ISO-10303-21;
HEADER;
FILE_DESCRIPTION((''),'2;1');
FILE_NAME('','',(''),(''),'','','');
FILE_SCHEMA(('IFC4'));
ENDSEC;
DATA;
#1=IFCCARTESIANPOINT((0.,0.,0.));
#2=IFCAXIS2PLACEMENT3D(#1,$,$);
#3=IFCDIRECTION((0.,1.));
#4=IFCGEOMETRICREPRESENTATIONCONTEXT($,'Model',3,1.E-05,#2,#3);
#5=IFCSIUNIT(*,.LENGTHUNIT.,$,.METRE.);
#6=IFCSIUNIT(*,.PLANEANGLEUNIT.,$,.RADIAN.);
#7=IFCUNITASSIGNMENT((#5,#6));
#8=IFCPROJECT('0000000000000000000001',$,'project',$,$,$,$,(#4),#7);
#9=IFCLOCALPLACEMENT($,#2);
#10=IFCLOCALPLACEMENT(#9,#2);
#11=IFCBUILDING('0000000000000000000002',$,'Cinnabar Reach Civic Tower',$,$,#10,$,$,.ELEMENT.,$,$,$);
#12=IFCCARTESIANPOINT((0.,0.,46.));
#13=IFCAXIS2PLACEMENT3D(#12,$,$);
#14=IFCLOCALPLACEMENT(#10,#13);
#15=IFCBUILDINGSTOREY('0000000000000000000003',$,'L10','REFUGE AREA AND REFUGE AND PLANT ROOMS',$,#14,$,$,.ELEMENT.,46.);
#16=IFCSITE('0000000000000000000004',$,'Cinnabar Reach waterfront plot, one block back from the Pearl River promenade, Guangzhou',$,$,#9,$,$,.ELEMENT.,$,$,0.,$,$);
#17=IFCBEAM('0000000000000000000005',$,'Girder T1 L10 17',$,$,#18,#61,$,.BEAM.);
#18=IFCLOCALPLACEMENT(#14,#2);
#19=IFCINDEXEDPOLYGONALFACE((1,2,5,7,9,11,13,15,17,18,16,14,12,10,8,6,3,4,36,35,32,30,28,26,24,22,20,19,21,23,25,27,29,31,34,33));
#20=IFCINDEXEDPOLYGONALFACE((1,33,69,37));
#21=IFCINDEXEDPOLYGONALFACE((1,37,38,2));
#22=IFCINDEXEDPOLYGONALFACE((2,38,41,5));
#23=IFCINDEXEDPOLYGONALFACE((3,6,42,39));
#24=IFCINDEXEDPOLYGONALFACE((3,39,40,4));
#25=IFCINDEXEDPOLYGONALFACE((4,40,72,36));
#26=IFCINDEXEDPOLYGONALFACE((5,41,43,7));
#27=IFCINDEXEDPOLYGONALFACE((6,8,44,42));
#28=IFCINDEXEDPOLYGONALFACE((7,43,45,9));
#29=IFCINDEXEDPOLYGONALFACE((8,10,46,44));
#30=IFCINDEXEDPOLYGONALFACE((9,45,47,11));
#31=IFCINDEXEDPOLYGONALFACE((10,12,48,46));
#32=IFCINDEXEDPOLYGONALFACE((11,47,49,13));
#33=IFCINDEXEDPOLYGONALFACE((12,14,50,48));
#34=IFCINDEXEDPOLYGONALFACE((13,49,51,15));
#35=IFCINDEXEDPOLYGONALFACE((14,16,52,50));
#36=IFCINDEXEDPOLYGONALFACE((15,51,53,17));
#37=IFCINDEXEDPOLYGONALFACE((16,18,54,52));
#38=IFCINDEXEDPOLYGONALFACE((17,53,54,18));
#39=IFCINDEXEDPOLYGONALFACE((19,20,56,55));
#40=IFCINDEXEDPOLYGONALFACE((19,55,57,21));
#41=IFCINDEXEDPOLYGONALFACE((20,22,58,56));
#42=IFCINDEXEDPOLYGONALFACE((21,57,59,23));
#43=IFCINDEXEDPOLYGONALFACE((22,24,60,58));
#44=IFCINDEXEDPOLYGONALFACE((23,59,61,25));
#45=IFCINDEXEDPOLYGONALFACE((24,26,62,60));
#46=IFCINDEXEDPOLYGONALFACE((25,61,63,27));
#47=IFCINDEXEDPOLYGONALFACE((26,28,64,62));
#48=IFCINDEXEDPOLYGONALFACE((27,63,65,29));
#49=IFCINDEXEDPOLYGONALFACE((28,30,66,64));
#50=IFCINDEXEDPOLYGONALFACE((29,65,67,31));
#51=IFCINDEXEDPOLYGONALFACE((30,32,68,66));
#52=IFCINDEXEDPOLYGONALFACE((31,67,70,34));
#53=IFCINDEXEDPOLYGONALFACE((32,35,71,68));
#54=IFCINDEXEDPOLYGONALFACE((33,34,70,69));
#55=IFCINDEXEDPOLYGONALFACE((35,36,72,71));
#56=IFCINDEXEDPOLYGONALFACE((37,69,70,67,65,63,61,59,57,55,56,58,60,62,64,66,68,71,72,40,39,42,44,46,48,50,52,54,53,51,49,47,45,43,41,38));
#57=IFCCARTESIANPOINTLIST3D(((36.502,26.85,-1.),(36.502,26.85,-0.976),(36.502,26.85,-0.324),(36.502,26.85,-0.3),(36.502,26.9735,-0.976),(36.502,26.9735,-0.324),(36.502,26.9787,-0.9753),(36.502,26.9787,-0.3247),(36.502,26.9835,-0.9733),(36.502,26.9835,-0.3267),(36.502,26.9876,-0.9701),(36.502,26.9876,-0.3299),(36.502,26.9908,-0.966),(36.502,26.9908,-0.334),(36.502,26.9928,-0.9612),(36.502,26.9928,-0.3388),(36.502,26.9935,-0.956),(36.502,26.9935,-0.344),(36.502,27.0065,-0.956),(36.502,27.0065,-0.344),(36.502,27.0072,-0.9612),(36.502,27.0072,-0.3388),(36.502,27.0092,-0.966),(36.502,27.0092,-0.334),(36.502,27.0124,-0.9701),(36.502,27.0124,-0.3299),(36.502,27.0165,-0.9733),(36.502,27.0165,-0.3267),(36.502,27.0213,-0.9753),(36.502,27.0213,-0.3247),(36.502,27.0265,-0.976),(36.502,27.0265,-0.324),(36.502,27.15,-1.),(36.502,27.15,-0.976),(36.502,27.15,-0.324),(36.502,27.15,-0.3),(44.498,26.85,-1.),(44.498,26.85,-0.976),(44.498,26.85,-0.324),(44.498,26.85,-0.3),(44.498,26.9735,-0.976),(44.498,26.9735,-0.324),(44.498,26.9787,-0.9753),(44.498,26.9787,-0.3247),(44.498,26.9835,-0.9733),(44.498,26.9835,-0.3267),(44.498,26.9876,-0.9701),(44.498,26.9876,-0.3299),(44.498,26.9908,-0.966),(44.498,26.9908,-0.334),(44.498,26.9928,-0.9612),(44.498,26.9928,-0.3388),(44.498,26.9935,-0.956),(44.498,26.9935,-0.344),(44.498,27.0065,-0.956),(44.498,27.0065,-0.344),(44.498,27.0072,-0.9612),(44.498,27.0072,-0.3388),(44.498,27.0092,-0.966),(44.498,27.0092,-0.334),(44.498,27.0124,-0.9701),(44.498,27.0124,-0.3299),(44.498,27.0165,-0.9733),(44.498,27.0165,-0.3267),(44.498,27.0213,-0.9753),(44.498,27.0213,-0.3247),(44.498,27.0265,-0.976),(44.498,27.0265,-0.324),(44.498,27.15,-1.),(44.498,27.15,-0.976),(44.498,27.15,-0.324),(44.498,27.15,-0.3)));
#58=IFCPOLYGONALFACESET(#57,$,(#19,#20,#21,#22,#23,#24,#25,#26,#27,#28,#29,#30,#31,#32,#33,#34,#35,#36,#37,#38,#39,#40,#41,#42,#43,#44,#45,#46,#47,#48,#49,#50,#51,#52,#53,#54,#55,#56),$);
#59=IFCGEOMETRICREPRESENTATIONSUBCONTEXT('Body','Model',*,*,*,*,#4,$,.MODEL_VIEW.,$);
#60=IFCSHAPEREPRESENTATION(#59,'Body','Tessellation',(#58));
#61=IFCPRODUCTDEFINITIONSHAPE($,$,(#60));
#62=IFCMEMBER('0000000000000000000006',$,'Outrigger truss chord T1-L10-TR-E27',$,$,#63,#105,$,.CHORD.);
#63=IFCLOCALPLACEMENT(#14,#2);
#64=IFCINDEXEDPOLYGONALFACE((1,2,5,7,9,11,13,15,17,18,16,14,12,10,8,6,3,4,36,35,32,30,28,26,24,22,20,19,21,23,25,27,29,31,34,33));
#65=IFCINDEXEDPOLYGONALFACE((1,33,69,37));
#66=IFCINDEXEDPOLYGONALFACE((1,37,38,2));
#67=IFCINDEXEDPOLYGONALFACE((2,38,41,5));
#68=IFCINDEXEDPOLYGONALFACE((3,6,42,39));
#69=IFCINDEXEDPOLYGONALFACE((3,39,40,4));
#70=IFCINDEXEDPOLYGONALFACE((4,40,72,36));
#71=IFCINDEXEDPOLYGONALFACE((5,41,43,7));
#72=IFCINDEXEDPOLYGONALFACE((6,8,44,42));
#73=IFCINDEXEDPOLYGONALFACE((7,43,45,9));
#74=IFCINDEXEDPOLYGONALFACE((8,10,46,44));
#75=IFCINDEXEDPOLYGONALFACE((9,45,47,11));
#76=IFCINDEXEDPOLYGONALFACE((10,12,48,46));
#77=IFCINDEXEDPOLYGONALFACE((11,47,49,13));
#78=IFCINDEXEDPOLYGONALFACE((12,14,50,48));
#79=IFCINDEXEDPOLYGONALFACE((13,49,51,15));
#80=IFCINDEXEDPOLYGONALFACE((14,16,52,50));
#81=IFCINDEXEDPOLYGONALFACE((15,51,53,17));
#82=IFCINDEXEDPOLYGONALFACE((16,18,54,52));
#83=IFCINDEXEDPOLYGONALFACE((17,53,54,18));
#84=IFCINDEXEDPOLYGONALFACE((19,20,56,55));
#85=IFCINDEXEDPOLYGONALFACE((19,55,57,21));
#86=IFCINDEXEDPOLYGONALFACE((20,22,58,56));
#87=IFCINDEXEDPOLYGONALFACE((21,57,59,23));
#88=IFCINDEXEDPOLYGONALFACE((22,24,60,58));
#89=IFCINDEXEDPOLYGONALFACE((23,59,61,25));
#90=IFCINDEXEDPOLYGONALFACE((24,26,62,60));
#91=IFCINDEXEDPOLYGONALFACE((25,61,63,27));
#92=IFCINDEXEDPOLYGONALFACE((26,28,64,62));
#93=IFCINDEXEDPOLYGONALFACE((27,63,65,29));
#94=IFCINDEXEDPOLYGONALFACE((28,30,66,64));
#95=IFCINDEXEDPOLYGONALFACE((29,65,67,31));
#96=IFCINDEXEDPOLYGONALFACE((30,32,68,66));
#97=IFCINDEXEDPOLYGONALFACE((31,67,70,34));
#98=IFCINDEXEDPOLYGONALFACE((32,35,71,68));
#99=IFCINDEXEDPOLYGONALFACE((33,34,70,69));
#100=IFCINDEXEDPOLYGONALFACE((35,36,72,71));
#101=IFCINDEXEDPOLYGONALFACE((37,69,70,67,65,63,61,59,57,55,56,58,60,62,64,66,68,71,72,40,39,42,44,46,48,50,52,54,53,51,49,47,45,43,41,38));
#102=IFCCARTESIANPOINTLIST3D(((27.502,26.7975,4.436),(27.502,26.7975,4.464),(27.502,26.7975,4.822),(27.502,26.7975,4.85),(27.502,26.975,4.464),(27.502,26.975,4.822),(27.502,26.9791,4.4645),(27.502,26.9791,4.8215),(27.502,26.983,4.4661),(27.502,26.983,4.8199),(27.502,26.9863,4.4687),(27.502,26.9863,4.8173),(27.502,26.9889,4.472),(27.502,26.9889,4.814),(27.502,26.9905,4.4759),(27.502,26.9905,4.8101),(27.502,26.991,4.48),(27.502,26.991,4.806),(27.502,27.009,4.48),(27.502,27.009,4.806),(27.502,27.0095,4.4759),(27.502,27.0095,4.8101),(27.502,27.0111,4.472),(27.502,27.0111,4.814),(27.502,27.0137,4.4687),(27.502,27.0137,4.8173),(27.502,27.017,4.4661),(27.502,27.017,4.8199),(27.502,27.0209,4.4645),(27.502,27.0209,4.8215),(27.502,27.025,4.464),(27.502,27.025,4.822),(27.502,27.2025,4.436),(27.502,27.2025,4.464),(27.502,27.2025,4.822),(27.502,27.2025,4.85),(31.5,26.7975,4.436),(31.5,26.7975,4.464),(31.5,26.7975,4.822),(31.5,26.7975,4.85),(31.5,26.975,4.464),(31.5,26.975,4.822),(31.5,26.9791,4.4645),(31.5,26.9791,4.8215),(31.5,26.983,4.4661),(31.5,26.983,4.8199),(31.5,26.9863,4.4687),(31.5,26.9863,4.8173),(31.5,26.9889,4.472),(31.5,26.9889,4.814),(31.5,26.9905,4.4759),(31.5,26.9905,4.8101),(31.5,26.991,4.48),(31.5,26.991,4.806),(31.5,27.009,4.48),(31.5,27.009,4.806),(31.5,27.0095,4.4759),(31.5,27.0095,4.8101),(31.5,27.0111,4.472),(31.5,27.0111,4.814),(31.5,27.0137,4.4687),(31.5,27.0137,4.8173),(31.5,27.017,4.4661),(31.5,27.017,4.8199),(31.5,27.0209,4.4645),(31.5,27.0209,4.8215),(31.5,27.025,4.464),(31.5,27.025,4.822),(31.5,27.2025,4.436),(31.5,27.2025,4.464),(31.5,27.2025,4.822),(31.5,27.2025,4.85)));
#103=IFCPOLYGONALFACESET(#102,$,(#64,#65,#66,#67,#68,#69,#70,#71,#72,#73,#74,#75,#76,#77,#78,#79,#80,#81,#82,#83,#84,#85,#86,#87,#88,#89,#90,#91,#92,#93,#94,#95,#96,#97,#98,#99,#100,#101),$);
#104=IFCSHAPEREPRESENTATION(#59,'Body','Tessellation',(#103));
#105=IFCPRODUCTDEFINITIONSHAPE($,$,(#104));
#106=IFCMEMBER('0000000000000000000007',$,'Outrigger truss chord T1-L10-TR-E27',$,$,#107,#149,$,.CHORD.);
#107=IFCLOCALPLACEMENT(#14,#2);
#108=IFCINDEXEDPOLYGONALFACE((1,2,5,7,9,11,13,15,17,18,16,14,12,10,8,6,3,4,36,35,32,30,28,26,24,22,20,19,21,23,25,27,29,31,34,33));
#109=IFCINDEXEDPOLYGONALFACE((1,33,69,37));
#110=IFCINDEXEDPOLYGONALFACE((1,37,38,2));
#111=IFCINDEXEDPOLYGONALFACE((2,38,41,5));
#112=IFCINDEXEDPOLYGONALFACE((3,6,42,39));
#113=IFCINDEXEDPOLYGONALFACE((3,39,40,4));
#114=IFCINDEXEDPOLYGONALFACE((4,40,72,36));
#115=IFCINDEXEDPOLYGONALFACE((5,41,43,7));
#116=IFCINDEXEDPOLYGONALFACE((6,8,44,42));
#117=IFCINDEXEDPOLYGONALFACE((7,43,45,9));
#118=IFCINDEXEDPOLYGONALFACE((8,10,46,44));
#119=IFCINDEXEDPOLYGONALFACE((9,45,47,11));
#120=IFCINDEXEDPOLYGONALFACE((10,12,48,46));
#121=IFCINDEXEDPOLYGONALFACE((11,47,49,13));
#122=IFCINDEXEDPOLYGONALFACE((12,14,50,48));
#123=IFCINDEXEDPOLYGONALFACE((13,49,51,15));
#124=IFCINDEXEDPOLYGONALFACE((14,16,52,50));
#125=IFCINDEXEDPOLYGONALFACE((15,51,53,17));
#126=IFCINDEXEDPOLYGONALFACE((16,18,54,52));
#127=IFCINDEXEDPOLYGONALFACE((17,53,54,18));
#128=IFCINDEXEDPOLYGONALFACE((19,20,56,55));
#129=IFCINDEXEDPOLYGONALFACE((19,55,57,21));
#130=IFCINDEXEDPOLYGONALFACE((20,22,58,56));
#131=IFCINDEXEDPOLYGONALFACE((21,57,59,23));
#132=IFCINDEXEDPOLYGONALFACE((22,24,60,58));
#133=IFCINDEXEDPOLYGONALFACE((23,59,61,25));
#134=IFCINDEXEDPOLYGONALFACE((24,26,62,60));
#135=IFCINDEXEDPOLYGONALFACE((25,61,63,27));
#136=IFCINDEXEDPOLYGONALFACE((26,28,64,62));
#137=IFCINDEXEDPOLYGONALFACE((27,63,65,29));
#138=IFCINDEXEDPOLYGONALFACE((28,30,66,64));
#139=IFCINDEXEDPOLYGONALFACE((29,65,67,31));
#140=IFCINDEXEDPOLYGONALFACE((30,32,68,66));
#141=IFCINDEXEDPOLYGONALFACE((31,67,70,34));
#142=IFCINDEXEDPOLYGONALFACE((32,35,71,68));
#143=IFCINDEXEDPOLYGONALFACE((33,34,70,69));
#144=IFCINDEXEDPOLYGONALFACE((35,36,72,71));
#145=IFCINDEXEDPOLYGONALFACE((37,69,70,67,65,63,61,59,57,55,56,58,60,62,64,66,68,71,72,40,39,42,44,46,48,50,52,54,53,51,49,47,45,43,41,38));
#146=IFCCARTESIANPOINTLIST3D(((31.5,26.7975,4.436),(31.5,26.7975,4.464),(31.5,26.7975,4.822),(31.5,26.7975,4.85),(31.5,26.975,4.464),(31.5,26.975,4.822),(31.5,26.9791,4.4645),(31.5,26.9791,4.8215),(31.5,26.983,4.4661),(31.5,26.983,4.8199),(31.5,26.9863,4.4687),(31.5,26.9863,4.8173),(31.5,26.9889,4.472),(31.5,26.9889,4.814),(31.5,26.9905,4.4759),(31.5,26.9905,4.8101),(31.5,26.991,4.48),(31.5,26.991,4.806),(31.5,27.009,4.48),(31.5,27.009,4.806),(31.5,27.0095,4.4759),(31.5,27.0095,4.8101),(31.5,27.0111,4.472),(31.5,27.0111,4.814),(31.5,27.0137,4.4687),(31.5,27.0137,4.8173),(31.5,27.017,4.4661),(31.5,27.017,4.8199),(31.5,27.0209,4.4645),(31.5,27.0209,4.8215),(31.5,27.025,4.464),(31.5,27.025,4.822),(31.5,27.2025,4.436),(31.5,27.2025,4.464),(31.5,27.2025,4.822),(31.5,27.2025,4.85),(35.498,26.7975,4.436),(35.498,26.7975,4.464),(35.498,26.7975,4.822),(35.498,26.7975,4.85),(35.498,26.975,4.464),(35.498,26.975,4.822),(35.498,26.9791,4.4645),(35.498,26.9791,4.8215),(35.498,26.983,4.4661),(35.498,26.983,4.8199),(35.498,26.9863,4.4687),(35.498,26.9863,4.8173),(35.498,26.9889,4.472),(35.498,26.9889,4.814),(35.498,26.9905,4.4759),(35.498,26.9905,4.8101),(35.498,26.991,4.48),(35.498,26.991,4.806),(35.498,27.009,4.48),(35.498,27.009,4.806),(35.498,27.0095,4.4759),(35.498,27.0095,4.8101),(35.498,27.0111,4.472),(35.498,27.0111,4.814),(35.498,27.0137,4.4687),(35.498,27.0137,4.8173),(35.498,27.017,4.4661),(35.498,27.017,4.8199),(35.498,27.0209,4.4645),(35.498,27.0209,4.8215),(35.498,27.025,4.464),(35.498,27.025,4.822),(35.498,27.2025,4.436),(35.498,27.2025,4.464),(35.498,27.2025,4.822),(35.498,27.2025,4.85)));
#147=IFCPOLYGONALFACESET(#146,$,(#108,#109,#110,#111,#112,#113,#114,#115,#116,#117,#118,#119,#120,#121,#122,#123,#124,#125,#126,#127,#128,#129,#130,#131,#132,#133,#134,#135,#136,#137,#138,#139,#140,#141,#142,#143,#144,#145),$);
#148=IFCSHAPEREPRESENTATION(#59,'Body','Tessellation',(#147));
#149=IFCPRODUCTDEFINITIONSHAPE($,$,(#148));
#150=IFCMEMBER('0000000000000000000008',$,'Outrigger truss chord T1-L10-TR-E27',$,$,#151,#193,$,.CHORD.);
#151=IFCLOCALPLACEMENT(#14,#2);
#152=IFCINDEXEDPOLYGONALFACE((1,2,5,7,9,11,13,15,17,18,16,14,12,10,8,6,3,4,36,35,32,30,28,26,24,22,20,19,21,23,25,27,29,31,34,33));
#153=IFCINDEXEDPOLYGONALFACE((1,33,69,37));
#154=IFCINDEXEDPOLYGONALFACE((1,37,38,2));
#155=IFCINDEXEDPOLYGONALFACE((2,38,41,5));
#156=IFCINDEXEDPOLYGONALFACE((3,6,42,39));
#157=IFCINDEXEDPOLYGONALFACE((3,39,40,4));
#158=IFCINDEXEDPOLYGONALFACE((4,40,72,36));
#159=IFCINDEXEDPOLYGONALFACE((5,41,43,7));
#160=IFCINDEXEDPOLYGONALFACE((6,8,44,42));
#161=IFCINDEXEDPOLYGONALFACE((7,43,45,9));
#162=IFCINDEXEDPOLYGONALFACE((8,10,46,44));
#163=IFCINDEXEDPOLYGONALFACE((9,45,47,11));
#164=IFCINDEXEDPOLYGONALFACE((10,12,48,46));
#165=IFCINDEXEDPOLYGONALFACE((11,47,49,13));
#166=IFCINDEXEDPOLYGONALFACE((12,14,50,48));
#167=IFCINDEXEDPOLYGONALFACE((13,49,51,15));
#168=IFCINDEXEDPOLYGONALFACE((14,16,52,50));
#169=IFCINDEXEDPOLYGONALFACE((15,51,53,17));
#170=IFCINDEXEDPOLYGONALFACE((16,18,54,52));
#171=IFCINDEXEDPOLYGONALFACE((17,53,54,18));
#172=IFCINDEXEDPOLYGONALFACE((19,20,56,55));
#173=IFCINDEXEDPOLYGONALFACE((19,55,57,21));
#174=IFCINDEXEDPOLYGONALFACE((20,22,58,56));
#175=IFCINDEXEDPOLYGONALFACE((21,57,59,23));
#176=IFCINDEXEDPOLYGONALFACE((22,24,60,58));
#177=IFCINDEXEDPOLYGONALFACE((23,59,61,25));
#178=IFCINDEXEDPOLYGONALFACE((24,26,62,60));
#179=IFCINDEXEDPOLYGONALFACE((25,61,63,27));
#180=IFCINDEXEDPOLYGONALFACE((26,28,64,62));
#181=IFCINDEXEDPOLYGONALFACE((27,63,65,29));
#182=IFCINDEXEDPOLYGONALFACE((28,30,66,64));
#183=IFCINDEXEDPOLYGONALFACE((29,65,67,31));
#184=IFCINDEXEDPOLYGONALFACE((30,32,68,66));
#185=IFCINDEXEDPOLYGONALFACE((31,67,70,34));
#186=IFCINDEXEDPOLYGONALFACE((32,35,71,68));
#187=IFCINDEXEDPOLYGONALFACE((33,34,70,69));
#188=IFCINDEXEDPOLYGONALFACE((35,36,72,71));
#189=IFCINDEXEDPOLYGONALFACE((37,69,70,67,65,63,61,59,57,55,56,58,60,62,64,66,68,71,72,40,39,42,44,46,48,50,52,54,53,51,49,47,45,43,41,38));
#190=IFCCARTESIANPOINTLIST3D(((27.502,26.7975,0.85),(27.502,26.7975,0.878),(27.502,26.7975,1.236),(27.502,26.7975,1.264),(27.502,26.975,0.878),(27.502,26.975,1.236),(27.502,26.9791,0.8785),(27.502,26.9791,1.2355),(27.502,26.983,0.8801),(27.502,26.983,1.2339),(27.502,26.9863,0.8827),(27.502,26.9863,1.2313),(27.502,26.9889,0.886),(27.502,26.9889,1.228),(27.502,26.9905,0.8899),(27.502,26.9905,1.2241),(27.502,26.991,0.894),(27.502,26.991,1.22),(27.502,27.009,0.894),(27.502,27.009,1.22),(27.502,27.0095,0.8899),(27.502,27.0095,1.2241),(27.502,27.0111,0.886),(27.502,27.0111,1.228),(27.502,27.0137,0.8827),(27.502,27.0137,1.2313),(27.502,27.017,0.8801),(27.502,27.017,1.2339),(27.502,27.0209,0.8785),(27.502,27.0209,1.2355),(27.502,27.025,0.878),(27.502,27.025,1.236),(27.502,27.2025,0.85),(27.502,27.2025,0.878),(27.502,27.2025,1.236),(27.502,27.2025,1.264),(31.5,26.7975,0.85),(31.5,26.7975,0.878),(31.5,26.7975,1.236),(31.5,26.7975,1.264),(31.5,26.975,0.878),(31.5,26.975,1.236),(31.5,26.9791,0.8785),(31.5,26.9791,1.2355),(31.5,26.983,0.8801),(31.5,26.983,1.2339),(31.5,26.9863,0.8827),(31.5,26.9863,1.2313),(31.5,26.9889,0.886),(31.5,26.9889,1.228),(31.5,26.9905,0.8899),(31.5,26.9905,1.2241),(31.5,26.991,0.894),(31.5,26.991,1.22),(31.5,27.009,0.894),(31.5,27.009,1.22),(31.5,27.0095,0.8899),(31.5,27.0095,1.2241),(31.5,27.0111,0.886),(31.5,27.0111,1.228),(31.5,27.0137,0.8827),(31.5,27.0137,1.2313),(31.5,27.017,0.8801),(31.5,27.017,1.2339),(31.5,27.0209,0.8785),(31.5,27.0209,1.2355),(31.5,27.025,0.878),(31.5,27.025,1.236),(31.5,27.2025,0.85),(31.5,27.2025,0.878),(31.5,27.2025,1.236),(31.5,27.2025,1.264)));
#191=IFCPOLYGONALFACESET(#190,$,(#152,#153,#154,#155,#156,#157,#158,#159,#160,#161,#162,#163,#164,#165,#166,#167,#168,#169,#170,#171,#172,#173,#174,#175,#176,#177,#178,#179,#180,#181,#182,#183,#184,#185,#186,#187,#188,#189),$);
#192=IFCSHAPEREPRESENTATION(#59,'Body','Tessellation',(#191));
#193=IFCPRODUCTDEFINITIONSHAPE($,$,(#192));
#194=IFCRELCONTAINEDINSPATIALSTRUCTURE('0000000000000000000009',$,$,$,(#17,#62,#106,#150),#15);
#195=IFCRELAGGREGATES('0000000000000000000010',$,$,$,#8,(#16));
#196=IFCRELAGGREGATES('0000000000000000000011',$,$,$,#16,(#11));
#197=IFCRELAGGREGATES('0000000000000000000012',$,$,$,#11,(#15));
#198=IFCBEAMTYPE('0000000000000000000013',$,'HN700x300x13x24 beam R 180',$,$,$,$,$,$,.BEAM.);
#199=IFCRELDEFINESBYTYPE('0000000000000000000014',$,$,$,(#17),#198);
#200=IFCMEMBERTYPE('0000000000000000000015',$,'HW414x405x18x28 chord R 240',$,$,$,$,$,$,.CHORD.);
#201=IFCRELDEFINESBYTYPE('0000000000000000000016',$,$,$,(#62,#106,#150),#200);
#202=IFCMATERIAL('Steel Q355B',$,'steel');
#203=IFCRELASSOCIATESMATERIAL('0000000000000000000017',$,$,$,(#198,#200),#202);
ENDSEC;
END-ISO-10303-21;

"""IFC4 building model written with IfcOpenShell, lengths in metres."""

from ifc_helpers import new_model, si_unit, direction, frame, origin, origin_2d, place, context, subcontext, project, spatial, i_section, extrude, material, material_profile, profile_set, type_object, element, save


model = new_model("IFC4")

# Units and contexts
model_context = context("Model", 3, precision=1e-05, world=origin(), true_north=direction((0.0, 1.0)))
body_context = subcontext(model_context, "Body", "Model", "MODEL_VIEW")
ifc_project = project(units=[si_unit("LENGTHUNIT", "METRE"), si_unit("PLANEANGLEUNIT", "RADIAN")], contexts=[model_context])

# Site, building, storey
site_placement = place(None, origin())
site = spatial("IfcSite", under=ifc_project, at=site_placement, Name="Cinnabar Reach waterfront plot, one block back from the Pearl River promenade, Guangzhou", CompositionType="ELEMENT", RefElevation=0.0)
building_placement = place(site_placement, origin())
building = spatial("IfcBuilding", under=site, at=building_placement, Name="Cinnabar Reach Civic Tower", CompositionType="ELEMENT")
storey_placement = place(building_placement, frame((0.0, 0.0, 46.0)))
storey = spatial("IfcBuildingStorey", under=building, at=storey_placement, Name="L10", Description="REFUGE AREA AND REFUGE AND PLANT ROOMS", CompositionType="ELEMENT", Elevation=46.0)

# Shared definitions
ifc_material_1 = material(Name="Steel Q355B", Category="steel")

# Beam
ifc_material_profile_1 = material_profile(ifc_material_1, i_section(OverallWidth=0.3, OverallDepth=0.7, WebThickness=0.013, FlangeThickness=0.024, FilletRadius=0.02, at=origin_2d()), Name="HN700x300x13x24")
ifc_profile_set_1 = profile_set([ifc_material_profile_1], Name="Steel Q355B")
beam_type_1 = type_object("IfcBeamType", Name="HN700x300x13x24 beam R 180", PredefinedType="BEAM", material=ifc_profile_set_1)
for number, where, z_axis, x_axis, name in (
    (1, (36.502, 27.0, -0.65), (1.0, 0.0, 0.0), (0.0, 1.0, 0.0), "Girder T1 L10 17"),
):
    element("IfcBeam", number, at=place(storey_placement, frame(where, z_axis=z_axis, x_axis=x_axis)), inside=storey, type_object=beam_type_1, Name=name, PredefinedType="BEAM", context=body_context, shape_type="SweptSolid", body=[
        extrude(i_section(OverallWidth=0.3, OverallDepth=0.7, WebThickness=0.013, FlangeThickness=0.024, FilletRadius=0.02, at=origin_2d()), origin(), (0.0, 0.0, 1.0), 7.996),
    ])

# Members
ifc_material_profile_2 = material_profile(ifc_material_1, i_section(OverallWidth=0.405, OverallDepth=0.414, WebThickness=0.018, FlangeThickness=0.028, FilletRadius=0.016, at=origin_2d()), Name="HW414x405x18x28")
ifc_profile_set_2 = profile_set([ifc_material_profile_2], Name="Steel Q355B")
member_type_1 = type_object("IfcMemberType", Name="HW414x405x18x28 chord R 240", PredefinedType="CHORD", material=ifc_profile_set_2)
for number, where, z_axis, x_axis, name in (
    (2, (27.502, 27.0, 4.643), (1.0, 0.0, 0.0), (0.0, 1.0, 0.0), "Outrigger truss chord T1-L10-TR-E27"),
    (3, (31.5, 27.0, 4.643), (1.0, 0.0, 0.0), (0.0, 1.0, 0.0), "Outrigger truss chord T1-L10-TR-E27"),
    (4, (27.502, 27.0, 1.057), (1.0, 0.0, 0.0), (0.0, 1.0, 0.0), "Outrigger truss chord T1-L10-TR-E27"),
):
    element("IfcMember", number, at=place(storey_placement, frame(where, z_axis=z_axis, x_axis=x_axis)), inside=storey, type_object=member_type_1, Name=name, PredefinedType="CHORD", context=body_context, shape_type="SweptSolid", body=[
        extrude(i_section(OverallWidth=0.405, OverallDepth=0.414, WebThickness=0.018, FlangeThickness=0.028, FilletRadius=0.016, at=origin_2d()), origin(), (0.0, 0.0, 1.0), 3.998),
    ])

save(model, "model.ifc")
